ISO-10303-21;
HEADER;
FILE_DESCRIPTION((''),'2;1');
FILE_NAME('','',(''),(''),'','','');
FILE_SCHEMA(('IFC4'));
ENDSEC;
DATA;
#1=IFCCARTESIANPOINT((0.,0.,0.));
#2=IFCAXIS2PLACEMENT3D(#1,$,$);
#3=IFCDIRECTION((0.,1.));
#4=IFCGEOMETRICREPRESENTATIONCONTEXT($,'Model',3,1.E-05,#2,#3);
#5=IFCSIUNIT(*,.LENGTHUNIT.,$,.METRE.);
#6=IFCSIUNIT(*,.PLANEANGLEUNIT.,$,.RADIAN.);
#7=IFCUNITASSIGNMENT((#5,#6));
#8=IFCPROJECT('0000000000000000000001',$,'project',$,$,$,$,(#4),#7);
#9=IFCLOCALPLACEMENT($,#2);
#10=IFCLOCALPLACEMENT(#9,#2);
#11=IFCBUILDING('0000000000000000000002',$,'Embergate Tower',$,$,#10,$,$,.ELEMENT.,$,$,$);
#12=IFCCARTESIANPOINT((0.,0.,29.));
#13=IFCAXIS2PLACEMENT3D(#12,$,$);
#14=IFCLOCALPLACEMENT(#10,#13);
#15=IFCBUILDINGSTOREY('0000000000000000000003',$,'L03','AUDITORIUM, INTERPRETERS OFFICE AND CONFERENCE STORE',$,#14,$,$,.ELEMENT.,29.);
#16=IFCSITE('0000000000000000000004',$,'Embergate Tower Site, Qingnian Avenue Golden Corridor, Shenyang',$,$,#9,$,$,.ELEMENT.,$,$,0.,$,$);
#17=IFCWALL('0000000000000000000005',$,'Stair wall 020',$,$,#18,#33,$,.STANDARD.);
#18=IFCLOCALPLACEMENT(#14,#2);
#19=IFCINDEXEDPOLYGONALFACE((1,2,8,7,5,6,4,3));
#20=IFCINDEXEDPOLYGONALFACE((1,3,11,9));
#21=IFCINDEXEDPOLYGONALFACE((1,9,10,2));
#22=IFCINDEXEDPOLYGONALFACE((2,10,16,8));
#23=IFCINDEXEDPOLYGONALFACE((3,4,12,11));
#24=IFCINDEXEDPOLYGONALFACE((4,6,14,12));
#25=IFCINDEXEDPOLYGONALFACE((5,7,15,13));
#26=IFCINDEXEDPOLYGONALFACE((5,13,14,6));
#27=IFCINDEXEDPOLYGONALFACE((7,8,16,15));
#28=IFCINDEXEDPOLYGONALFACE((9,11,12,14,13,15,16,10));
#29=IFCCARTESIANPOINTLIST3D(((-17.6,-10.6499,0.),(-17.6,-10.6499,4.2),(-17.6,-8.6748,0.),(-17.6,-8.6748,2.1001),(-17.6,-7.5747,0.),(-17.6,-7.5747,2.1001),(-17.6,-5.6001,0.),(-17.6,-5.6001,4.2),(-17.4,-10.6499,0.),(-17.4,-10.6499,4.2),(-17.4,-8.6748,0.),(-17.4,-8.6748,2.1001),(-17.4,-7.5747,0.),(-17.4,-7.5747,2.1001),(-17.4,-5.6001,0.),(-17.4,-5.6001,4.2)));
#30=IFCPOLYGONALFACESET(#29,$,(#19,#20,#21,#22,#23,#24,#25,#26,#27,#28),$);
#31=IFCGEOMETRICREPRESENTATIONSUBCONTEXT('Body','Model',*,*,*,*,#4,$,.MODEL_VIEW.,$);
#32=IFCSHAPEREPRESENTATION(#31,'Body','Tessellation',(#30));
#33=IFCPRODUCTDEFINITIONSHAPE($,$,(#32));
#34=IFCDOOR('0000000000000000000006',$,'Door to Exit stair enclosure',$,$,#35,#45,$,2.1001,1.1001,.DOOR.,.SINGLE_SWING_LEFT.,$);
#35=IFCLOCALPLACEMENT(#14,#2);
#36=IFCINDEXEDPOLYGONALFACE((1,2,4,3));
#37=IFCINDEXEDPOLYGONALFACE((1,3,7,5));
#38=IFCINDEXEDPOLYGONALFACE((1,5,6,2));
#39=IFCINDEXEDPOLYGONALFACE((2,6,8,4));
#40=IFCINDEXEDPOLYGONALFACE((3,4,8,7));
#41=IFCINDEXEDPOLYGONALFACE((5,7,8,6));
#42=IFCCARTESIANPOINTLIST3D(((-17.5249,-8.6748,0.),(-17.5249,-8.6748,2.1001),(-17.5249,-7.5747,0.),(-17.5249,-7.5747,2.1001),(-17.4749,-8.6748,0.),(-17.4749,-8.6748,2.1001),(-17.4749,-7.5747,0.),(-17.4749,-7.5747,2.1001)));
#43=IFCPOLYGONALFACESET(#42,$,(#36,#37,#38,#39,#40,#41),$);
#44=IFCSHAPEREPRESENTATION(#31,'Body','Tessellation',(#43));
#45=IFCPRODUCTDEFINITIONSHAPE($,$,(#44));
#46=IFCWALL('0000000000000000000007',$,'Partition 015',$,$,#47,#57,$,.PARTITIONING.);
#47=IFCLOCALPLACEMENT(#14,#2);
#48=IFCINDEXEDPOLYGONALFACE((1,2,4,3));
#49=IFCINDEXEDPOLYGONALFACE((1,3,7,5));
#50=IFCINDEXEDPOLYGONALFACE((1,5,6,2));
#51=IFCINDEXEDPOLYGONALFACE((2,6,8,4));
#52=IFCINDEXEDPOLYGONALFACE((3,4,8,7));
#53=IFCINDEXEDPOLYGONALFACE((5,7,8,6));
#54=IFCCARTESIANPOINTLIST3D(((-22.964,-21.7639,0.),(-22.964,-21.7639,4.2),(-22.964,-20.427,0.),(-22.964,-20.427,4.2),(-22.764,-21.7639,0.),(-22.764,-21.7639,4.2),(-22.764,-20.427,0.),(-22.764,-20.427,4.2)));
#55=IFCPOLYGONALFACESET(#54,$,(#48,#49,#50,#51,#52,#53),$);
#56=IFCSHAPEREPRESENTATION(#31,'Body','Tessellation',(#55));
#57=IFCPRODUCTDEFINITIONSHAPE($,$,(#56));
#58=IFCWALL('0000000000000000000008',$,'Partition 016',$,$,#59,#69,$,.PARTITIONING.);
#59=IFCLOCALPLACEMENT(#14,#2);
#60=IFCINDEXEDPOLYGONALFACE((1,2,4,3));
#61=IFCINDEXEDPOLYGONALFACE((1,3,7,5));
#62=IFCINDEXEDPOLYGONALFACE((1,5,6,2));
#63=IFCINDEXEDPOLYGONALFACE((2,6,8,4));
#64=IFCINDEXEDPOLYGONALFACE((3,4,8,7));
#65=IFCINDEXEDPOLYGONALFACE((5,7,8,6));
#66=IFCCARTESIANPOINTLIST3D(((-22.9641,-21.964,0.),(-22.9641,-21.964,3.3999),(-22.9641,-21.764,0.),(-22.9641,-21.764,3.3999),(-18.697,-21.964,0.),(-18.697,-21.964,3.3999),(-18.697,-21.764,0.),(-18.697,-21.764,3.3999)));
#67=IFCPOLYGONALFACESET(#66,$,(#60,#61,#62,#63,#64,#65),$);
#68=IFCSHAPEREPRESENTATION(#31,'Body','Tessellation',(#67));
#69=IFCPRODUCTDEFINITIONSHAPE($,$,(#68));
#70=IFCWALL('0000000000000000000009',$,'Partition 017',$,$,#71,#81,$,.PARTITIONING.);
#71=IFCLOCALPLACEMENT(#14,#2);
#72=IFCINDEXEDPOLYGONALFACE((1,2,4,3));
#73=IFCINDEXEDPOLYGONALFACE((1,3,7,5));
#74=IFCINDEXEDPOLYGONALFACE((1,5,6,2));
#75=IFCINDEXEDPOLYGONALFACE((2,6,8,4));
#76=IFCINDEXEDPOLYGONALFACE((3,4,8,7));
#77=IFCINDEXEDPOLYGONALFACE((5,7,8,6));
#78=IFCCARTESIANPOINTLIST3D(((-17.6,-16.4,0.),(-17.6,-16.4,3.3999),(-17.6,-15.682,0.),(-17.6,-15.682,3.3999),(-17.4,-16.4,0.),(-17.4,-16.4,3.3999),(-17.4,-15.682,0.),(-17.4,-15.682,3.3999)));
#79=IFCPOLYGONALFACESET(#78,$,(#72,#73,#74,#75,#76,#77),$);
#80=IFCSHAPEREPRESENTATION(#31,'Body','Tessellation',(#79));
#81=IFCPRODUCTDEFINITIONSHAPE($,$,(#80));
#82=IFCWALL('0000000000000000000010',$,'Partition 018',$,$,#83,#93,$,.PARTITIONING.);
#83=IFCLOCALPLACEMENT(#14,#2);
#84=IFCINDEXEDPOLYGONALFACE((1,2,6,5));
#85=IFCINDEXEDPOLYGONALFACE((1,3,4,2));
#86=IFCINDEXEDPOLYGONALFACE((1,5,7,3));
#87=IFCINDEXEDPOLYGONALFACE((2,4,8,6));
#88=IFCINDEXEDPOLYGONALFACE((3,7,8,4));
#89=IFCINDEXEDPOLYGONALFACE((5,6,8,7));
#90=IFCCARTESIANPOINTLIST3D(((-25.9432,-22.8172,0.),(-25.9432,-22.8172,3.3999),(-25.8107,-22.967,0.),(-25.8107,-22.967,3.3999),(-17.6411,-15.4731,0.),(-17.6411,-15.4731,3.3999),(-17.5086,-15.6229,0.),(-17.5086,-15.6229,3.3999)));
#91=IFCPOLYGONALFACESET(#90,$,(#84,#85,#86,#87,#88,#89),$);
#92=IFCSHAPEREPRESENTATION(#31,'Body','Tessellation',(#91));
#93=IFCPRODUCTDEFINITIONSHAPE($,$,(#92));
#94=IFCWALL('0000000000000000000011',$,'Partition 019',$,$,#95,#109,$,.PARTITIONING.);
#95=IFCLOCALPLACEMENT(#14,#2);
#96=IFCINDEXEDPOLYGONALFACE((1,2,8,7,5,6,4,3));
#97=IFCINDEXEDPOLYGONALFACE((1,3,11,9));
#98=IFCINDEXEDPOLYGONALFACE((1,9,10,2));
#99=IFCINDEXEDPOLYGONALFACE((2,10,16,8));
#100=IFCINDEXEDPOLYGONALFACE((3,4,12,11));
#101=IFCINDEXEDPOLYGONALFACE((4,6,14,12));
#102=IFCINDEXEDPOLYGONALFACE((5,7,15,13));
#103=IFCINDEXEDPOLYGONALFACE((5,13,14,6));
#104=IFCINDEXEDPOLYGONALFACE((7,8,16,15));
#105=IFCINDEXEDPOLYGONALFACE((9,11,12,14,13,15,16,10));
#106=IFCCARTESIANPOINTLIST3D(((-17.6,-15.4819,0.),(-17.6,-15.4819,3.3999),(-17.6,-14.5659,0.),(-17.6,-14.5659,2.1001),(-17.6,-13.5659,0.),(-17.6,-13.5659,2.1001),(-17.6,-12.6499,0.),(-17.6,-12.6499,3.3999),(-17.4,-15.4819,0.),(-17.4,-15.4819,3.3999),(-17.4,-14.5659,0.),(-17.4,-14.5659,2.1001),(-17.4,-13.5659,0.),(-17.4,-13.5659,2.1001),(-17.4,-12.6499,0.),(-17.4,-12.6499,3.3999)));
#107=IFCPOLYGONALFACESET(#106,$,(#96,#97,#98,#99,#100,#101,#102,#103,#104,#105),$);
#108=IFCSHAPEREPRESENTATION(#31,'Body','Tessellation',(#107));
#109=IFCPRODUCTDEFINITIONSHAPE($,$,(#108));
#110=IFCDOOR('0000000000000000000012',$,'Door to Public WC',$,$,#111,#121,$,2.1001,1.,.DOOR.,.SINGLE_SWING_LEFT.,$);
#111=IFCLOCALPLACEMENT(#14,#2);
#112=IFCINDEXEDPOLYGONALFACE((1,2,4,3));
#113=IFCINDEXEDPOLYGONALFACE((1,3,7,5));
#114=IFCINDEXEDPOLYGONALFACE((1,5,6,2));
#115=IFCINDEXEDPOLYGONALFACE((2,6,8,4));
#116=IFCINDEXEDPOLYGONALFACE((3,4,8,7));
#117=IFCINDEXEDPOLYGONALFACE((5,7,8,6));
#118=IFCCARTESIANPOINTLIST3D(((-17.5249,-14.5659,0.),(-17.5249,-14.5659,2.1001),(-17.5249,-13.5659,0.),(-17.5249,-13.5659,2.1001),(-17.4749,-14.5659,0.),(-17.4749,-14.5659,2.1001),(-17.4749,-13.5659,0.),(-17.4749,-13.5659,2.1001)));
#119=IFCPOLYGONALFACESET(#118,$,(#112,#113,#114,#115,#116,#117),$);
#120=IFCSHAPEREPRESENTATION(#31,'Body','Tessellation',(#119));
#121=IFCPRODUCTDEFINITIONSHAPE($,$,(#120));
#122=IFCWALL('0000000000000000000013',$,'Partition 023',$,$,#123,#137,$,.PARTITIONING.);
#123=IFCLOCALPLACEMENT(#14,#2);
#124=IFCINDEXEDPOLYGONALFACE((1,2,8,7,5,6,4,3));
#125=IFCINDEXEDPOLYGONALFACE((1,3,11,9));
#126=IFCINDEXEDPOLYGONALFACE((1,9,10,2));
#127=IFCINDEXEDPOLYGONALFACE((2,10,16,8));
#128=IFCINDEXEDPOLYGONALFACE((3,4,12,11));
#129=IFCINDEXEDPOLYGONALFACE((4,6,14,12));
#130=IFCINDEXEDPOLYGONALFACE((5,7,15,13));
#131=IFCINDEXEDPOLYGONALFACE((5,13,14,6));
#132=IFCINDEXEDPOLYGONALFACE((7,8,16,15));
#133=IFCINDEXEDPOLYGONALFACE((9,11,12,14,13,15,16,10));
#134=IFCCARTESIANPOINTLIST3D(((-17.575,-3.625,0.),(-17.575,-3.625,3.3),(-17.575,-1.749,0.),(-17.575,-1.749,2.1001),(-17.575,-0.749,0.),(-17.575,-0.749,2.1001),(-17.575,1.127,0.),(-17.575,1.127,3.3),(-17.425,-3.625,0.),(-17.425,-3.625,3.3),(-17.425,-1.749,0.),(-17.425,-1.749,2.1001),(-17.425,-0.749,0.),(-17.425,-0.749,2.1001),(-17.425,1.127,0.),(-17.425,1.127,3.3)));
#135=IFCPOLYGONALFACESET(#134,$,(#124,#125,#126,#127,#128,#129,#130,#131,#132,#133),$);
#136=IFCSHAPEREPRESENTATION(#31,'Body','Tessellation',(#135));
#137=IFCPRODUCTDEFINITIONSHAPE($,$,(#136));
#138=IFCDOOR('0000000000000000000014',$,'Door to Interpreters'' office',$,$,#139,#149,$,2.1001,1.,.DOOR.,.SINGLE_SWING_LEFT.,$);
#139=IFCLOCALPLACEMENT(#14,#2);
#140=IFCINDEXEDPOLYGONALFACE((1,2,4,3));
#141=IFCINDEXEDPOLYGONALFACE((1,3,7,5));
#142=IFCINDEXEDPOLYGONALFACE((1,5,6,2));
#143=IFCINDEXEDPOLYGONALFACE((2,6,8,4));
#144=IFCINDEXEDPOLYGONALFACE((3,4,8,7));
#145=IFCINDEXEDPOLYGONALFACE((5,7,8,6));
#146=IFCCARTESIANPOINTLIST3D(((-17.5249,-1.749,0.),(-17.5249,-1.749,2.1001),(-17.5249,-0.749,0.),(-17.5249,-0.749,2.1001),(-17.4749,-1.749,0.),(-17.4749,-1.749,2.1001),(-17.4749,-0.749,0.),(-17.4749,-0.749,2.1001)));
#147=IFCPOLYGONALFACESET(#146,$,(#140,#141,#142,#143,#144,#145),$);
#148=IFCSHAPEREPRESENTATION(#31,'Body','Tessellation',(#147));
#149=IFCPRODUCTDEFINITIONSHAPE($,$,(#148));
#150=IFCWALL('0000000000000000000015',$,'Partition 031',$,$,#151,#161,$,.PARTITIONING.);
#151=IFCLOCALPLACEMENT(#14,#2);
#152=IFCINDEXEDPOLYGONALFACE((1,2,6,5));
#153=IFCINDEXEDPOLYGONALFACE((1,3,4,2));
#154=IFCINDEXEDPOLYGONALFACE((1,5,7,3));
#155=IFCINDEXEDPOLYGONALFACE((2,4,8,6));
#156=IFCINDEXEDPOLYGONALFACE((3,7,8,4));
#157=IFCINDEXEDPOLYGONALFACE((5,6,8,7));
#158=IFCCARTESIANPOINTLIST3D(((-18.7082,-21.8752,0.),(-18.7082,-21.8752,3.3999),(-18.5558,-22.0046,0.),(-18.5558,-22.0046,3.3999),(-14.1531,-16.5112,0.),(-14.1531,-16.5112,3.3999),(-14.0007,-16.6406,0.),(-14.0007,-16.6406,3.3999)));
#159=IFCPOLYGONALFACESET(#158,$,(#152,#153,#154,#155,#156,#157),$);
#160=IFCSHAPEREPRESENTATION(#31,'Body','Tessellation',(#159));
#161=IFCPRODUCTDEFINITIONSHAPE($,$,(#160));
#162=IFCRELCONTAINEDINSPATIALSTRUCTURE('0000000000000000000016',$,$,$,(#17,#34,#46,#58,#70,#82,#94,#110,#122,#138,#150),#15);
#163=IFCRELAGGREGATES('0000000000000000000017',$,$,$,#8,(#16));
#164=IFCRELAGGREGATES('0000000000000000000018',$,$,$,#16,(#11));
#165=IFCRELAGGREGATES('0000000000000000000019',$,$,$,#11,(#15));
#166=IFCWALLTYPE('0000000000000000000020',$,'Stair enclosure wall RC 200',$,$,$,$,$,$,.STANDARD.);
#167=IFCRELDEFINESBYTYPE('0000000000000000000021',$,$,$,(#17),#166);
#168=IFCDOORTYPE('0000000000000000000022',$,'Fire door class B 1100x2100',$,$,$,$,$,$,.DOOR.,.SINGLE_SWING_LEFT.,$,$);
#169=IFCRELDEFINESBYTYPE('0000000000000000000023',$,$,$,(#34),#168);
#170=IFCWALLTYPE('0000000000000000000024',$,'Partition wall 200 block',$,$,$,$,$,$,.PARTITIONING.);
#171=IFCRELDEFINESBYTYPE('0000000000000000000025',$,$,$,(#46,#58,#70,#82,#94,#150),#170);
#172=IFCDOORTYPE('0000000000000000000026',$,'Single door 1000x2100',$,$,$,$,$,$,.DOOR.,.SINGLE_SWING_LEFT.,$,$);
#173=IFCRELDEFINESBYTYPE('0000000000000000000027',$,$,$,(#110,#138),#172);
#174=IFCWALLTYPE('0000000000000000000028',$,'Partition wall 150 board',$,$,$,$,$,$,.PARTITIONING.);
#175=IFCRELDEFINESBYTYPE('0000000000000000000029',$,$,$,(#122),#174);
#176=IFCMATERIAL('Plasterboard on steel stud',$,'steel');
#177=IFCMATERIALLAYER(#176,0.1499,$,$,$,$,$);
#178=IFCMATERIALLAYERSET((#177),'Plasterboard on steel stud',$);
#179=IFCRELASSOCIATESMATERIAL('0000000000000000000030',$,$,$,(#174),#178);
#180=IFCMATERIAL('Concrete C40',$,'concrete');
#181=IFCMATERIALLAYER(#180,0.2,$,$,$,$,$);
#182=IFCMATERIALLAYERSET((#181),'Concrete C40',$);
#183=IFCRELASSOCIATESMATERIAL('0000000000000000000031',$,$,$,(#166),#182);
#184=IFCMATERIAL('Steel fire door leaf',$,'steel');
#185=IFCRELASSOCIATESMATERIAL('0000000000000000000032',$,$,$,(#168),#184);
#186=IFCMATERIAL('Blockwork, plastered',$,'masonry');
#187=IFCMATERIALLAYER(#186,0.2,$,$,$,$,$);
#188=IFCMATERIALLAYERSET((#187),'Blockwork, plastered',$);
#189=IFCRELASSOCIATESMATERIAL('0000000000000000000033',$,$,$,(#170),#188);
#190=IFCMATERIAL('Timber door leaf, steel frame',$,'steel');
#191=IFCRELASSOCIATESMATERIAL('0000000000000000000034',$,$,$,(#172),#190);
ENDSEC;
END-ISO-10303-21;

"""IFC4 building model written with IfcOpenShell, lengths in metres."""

from ifc_helpers import new_model, si_unit, direction, frame, frame_2d, origin, place, context, subcontext, project, spatial, rectangle, extrude, source, transform, mapped, material, layer, layer_set, type_object, element, fill, save


model = new_model("IFC4")

# Units and contexts
model_context = context("Model", 3, precision=1e-05, world=origin(), true_north=direction((0.0, 1.0)))
body_context = subcontext(model_context, "Body", "Model", "MODEL_VIEW")
ifc_project = project(units=[si_unit("LENGTHUNIT", "METRE"), si_unit("PLANEANGLEUNIT", "RADIAN")], contexts=[model_context])

# Site, building, storey
site_placement = place(None, origin())
site = spatial("IfcSite", under=ifc_project, at=site_placement, Name="Embergate Tower Site, Qingnian Avenue Golden Corridor, Shenyang", CompositionType="ELEMENT", RefElevation=0.0)
building_placement = place(site_placement, origin())
building = spatial("IfcBuilding", under=site, at=building_placement, Name="Embergate Tower", CompositionType="ELEMENT")
storey_placement = place(building_placement, frame((0.0, 0.0, 29.0)))
storey = spatial("IfcBuildingStorey", under=building, at=storey_placement, Name="L03", Description="AUDITORIUM, INTERPRETERS OFFICE AND CONFERENCE STORE", CompositionType="ELEMENT", Elevation=29.0)

# Shared definitions
ifc_material_1 = material(Name="Concrete C40", Category="concrete")

# Shared definitions
ifc_material_2 = material(Name="Plasterboard on steel stud", Category="steel")
ifc_layer_1 = layer(ifc_material_2, 0.1499)
ifc_layer_set_1 = layer_set([ifc_layer_1], Name="Plasterboard on steel stud")
wall_type_1 = type_object("IfcWallType", Name="Partition wall 150 board", PredefinedType="PARTITIONING", material=ifc_layer_set_1)
ifc_layer_2 = layer(ifc_material_1, 0.2)
ifc_layer_set_2 = layer_set([ifc_layer_2], Name="Concrete C40")
wall_type_2 = type_object("IfcWallType", Name="Stair enclosure wall RC 200", PredefinedType="STANDARD", material=ifc_layer_set_2)

# Wall, opening, door
shared_shape_1 = source(origin(), body_context, "Body", "SweptSolid", [
    extrude(rectangle(XDim=5.0498, YDim=0.2, at=frame_2d((2.5249, 0.0))), origin(), (0.0, 0.0, 1.0), 4.2),
])
wall_1_placement = place(storey_placement, frame((-17.5, -10.6499, 0.0), z_axis=(0.0, 0.0, 1.0), x_axis=(0.0, 1.0, 0.0)))
wall_1 = element("IfcWall", 1, at=wall_1_placement, inside=storey, type_object=wall_type_2, Name="Stair wall 020", PredefinedType="STANDARD", context=body_context, shape_type="MappedRepresentation", body=[
    mapped(shared_shape_1, transform((0.0, 0.0, 0.0))),
])
shared_shape_2 = source(origin(), body_context, "Body", "SweptSolid", [
    extrude(rectangle(XDim=1.1001, YDim=2.1001, at=frame_2d((0.55, 1.05))), frame((0.0, 0.1099, 0.0), z_axis=(0.0, -1.0, 0.0), x_axis=(1.0, 0.0, 0.0)), (0.0, 0.0, 1.0), 0.22),
])
opening_1_placement = place(wall_1_placement, frame((1.9751, 0.0, 0.0)))
opening_1 = element("IfcOpeningElement", 2, at=opening_1_placement, cuts=wall_1, PredefinedType="OPENING", context=body_context, shape_type="MappedRepresentation", body=[
    mapped(shared_shape_2, transform((0.0, 0.0, 0.0))),
])
ifc_material_3 = material(Name="Steel fire door leaf", Category="steel")
door_type_1 = type_object("IfcDoorType", Name="Fire door class B 1100x2100", OperationType="SINGLE_SWING_LEFT", PredefinedType="DOOR", material=ifc_material_3)
shared_shape_3 = source(origin(), body_context, "Body", "SweptSolid", [
    extrude(rectangle(XDim=1.1001, YDim=2.1001, at=frame_2d((0.55, 1.05))), frame((0.0, 0.0249, 0.0), z_axis=(0.0, -1.0, 0.0), x_axis=(1.0, 0.0, 0.0)), (0.0, 0.0, 1.0), 0.05),
])
door_1_placement = place(opening_1_placement, origin())
door_1 = element("IfcDoor", 3, at=door_1_placement, inside=storey, type_object=door_type_1, Name="Door to Exit stair enclosure", OperationType="SINGLE_SWING_LEFT", OverallHeight=2.1001, OverallWidth=1.1001, PredefinedType="DOOR", context=body_context, shape_type="MappedRepresentation", body=[
    mapped(shared_shape_3, transform((0.0, 0.0, 0.0))),
])
fill(opening_1, door_1)

# Walls
ifc_material_4 = material(Name="Blockwork, plastered", Category="masonry")
ifc_layer_3 = layer(ifc_material_4, 0.2)
ifc_layer_set_3 = layer_set([ifc_layer_3], Name="Blockwork, plastered")
wall_type_3 = type_object("IfcWallType", Name="Partition wall 200 block", PredefinedType="PARTITIONING", material=ifc_layer_set_3)
shared_shape_4 = source(origin(), body_context, "Body", "SweptSolid", [
    extrude(rectangle(XDim=1.3369, YDim=0.2, at=frame_2d((0.6685, 0.0))), origin(), (0.0, 0.0, 1.0), 4.2),
])
wall_2_placement = place(storey_placement, frame((-22.864, -21.7639, 0.0), z_axis=(0.0, 0.0, 1.0), x_axis=(0.0, 1.0, 0.0)))
element("IfcWall", 4, at=wall_2_placement, inside=storey, type_object=wall_type_3, Name="Partition 015", PredefinedType="PARTITIONING", context=body_context, shape_type="MappedRepresentation", body=[
    mapped(shared_shape_4, transform((0.0, 0.0, 0.0))),
])
shared_shape_5 = source(origin(), body_context, "Body", "SweptSolid", [
    extrude(rectangle(XDim=4.2671, YDim=0.2, at=frame_2d((2.1335, 0.0))), origin(), (0.0, 0.0, 1.0), 3.3999),
])
wall_3_placement = place(storey_placement, frame((-18.697, -21.864, 0.0), z_axis=(0.0, 0.0, 1.0), x_axis=(-1.0, 0.0, 0.0)))
element("IfcWall", 5, at=wall_3_placement, inside=storey, type_object=wall_type_3, Name="Partition 016", PredefinedType="PARTITIONING", context=body_context, shape_type="MappedRepresentation", body=[
    mapped(shared_shape_5, transform((0.0, 0.0, 0.0))),
])
shared_shape_6 = source(origin(), body_context, "Body", "SweptSolid", [
    extrude(rectangle(XDim=0.718, YDim=0.2, at=frame_2d((0.3589, 0.0))), origin(), (0.0, 0.0, 1.0), 3.3999),
])
wall_4_placement = place(storey_placement, frame((-17.5, -16.3999, 0.0), z_axis=(0.0, 0.0, 1.0), x_axis=(0.0, 1.0, 0.0)))
element("IfcWall", 6, at=wall_4_placement, inside=storey, type_object=wall_type_3, Name="Partition 017", PredefinedType="PARTITIONING", context=body_context, shape_type="MappedRepresentation", body=[
    mapped(shared_shape_6, transform((0.0, 0.0, 0.0))),
])
shared_shape_7 = source(origin(), body_context, "Body", "SweptSolid", [
    extrude(rectangle(XDim=11.0842, YDim=0.2, at=frame_2d((5.542, 0.0))), origin(), (0.0, 0.0, 1.0), 3.3999),
])
wall_5_placement = place(storey_placement, frame((-17.575, -15.5481, 0.0), z_axis=(0.0, 0.0, 1.0), x_axis=(-0.749, -0.66257, 0.0)))
element("IfcWall", 7, at=wall_5_placement, inside=storey, type_object=wall_type_3, Name="Partition 018", PredefinedType="PARTITIONING", context=body_context, shape_type="MappedRepresentation", body=[
    mapped(shared_shape_7, transform((0.0, 0.0, 0.0))),
])

# Walls, openings, doors
shared_shape_8 = source(origin(), body_context, "Body", "SweptSolid", [
    extrude(rectangle(XDim=2.832, YDim=0.2, at=frame_2d((1.416, 0.0))), origin(), (0.0, 0.0, 1.0), 3.3999),
])
wall_6_placement = place(storey_placement, frame((-17.5, -15.4819, 0.0), z_axis=(0.0, 0.0, 1.0), x_axis=(0.0, 1.0, 0.0)))
wall_6 = element("IfcWall", 8, at=wall_6_placement, inside=storey, type_object=wall_type_3, Name="Partition 019", PredefinedType="PARTITIONING", context=body_context, shape_type="MappedRepresentation", body=[
    mapped(shared_shape_8, transform((0.0, 0.0, 0.0))),
])
shared_shape_9 = source(origin(), body_context, "Body", "SweptSolid", [
    extrude(rectangle(XDim=1.0, YDim=2.1001, at=frame_2d((0.5, 1.05))), frame((0.0, 0.1099, 0.0), z_axis=(0.0, -1.0, 0.0), x_axis=(1.0, 0.0, 0.0)), (0.0, 0.0, 1.0), 0.22),
])
opening_2_placement = place(wall_6_placement, frame((0.916, 0.0, 0.0)))
opening_2 = element("IfcOpeningElement", 9, at=opening_2_placement, cuts=wall_6, PredefinedType="OPENING", context=body_context, shape_type="MappedRepresentation", body=[
    mapped(shared_shape_9, transform((0.0, 0.0, 0.0))),
])
ifc_material_5 = material(Name="Timber door leaf, steel frame", Category="steel")
door_type_2 = type_object("IfcDoorType", Name="Single door 1000x2100", OperationType="SINGLE_SWING_LEFT", PredefinedType="DOOR", material=ifc_material_5)
shared_shape_10 = source(origin(), body_context, "Body", "SweptSolid", [
    extrude(rectangle(XDim=1.0, YDim=2.1001, at=frame_2d((0.5, 1.05))), frame((0.0, 0.0249, 0.0), z_axis=(0.0, -1.0, 0.0), x_axis=(1.0, 0.0, 0.0)), (0.0, 0.0, 1.0), 0.05),
])
door_2_placement = place(opening_2_placement, origin())
door_2 = element("IfcDoor", 10, at=door_2_placement, inside=storey, type_object=door_type_2, Name="Door to Public WC", OperationType="SINGLE_SWING_LEFT", OverallHeight=2.1001, OverallWidth=1.0, PredefinedType="DOOR", context=body_context, shape_type="MappedRepresentation", body=[
    mapped(shared_shape_10, transform((0.0, 0.0, 0.0))),
])
fill(opening_2, door_2)
shared_shape_11 = source(origin(), body_context, "Body", "SweptSolid", [
    extrude(rectangle(XDim=4.752, YDim=0.1499, at=frame_2d((2.376, 0.0))), origin(), (0.0, 0.0, 1.0), 3.3),
])
wall_7_placement = place(storey_placement, frame((-17.5, -3.625, 0.0), z_axis=(0.0, 0.0, 1.0), x_axis=(0.0, 1.0, 0.0)))
wall_7 = element("IfcWall", 11, at=wall_7_placement, inside=storey, type_object=wall_type_1, Name="Partition 023", PredefinedType="PARTITIONING", context=body_context, shape_type="MappedRepresentation", body=[
    mapped(shared_shape_11, transform((0.0, 0.0, 0.0))),
])
shared_shape_12 = source(origin(), body_context, "Body", "SweptSolid", [
    extrude(rectangle(XDim=1.0, YDim=2.1001, at=frame_2d((0.5, 1.05))), frame((0.0, 0.085, 0.0), z_axis=(0.0, -1.0, 0.0), x_axis=(1.0, 0.0, 0.0)), (0.0, 0.0, 1.0), 0.1699),
])
opening_3_placement = place(wall_7_placement, frame((1.876, 0.0, 0.0)))
opening_3 = element("IfcOpeningElement", 12, at=opening_3_placement, cuts=wall_7, PredefinedType="OPENING", context=body_context, shape_type="MappedRepresentation", body=[
    mapped(shared_shape_12, transform((0.0, 0.0, 0.0))),
])
door_3_placement = place(opening_3_placement, origin())
door_3 = element("IfcDoor", 13, at=door_3_placement, inside=storey, type_object=door_type_2, Name="Door to Interpreters' office", OperationType="SINGLE_SWING_LEFT", OverallHeight=2.1001, OverallWidth=1.0, PredefinedType="DOOR", context=body_context, shape_type="MappedRepresentation", body=[
    mapped(shared_shape_10, transform((0.0, 0.0, 0.0))),
])
fill(opening_3, door_3)

# Wall
shared_shape_13 = source(origin(), body_context, "Body", "SweptSolid", [
    extrude(rectangle(XDim=7.0371, YDim=0.2, at=frame_2d((3.5186, 0.0))), origin(), (0.0, 0.0, 1.0), 3.3999),
])
wall_8_placement = place(storey_placement, frame((-14.0769, -16.5759, 0.0), z_axis=(0.0, 0.0, 1.0), x_axis=(-0.647299, -0.762236, 0.0)))
element("IfcWall", 14, at=wall_8_placement, inside=storey, type_object=wall_type_3, Name="Partition 031", PredefinedType="PARTITIONING", context=body_context, shape_type="MappedRepresentation", body=[
    mapped(shared_shape_13, transform((0.0, 0.0, 0.0))),
])

save(model, "model.ifc")
